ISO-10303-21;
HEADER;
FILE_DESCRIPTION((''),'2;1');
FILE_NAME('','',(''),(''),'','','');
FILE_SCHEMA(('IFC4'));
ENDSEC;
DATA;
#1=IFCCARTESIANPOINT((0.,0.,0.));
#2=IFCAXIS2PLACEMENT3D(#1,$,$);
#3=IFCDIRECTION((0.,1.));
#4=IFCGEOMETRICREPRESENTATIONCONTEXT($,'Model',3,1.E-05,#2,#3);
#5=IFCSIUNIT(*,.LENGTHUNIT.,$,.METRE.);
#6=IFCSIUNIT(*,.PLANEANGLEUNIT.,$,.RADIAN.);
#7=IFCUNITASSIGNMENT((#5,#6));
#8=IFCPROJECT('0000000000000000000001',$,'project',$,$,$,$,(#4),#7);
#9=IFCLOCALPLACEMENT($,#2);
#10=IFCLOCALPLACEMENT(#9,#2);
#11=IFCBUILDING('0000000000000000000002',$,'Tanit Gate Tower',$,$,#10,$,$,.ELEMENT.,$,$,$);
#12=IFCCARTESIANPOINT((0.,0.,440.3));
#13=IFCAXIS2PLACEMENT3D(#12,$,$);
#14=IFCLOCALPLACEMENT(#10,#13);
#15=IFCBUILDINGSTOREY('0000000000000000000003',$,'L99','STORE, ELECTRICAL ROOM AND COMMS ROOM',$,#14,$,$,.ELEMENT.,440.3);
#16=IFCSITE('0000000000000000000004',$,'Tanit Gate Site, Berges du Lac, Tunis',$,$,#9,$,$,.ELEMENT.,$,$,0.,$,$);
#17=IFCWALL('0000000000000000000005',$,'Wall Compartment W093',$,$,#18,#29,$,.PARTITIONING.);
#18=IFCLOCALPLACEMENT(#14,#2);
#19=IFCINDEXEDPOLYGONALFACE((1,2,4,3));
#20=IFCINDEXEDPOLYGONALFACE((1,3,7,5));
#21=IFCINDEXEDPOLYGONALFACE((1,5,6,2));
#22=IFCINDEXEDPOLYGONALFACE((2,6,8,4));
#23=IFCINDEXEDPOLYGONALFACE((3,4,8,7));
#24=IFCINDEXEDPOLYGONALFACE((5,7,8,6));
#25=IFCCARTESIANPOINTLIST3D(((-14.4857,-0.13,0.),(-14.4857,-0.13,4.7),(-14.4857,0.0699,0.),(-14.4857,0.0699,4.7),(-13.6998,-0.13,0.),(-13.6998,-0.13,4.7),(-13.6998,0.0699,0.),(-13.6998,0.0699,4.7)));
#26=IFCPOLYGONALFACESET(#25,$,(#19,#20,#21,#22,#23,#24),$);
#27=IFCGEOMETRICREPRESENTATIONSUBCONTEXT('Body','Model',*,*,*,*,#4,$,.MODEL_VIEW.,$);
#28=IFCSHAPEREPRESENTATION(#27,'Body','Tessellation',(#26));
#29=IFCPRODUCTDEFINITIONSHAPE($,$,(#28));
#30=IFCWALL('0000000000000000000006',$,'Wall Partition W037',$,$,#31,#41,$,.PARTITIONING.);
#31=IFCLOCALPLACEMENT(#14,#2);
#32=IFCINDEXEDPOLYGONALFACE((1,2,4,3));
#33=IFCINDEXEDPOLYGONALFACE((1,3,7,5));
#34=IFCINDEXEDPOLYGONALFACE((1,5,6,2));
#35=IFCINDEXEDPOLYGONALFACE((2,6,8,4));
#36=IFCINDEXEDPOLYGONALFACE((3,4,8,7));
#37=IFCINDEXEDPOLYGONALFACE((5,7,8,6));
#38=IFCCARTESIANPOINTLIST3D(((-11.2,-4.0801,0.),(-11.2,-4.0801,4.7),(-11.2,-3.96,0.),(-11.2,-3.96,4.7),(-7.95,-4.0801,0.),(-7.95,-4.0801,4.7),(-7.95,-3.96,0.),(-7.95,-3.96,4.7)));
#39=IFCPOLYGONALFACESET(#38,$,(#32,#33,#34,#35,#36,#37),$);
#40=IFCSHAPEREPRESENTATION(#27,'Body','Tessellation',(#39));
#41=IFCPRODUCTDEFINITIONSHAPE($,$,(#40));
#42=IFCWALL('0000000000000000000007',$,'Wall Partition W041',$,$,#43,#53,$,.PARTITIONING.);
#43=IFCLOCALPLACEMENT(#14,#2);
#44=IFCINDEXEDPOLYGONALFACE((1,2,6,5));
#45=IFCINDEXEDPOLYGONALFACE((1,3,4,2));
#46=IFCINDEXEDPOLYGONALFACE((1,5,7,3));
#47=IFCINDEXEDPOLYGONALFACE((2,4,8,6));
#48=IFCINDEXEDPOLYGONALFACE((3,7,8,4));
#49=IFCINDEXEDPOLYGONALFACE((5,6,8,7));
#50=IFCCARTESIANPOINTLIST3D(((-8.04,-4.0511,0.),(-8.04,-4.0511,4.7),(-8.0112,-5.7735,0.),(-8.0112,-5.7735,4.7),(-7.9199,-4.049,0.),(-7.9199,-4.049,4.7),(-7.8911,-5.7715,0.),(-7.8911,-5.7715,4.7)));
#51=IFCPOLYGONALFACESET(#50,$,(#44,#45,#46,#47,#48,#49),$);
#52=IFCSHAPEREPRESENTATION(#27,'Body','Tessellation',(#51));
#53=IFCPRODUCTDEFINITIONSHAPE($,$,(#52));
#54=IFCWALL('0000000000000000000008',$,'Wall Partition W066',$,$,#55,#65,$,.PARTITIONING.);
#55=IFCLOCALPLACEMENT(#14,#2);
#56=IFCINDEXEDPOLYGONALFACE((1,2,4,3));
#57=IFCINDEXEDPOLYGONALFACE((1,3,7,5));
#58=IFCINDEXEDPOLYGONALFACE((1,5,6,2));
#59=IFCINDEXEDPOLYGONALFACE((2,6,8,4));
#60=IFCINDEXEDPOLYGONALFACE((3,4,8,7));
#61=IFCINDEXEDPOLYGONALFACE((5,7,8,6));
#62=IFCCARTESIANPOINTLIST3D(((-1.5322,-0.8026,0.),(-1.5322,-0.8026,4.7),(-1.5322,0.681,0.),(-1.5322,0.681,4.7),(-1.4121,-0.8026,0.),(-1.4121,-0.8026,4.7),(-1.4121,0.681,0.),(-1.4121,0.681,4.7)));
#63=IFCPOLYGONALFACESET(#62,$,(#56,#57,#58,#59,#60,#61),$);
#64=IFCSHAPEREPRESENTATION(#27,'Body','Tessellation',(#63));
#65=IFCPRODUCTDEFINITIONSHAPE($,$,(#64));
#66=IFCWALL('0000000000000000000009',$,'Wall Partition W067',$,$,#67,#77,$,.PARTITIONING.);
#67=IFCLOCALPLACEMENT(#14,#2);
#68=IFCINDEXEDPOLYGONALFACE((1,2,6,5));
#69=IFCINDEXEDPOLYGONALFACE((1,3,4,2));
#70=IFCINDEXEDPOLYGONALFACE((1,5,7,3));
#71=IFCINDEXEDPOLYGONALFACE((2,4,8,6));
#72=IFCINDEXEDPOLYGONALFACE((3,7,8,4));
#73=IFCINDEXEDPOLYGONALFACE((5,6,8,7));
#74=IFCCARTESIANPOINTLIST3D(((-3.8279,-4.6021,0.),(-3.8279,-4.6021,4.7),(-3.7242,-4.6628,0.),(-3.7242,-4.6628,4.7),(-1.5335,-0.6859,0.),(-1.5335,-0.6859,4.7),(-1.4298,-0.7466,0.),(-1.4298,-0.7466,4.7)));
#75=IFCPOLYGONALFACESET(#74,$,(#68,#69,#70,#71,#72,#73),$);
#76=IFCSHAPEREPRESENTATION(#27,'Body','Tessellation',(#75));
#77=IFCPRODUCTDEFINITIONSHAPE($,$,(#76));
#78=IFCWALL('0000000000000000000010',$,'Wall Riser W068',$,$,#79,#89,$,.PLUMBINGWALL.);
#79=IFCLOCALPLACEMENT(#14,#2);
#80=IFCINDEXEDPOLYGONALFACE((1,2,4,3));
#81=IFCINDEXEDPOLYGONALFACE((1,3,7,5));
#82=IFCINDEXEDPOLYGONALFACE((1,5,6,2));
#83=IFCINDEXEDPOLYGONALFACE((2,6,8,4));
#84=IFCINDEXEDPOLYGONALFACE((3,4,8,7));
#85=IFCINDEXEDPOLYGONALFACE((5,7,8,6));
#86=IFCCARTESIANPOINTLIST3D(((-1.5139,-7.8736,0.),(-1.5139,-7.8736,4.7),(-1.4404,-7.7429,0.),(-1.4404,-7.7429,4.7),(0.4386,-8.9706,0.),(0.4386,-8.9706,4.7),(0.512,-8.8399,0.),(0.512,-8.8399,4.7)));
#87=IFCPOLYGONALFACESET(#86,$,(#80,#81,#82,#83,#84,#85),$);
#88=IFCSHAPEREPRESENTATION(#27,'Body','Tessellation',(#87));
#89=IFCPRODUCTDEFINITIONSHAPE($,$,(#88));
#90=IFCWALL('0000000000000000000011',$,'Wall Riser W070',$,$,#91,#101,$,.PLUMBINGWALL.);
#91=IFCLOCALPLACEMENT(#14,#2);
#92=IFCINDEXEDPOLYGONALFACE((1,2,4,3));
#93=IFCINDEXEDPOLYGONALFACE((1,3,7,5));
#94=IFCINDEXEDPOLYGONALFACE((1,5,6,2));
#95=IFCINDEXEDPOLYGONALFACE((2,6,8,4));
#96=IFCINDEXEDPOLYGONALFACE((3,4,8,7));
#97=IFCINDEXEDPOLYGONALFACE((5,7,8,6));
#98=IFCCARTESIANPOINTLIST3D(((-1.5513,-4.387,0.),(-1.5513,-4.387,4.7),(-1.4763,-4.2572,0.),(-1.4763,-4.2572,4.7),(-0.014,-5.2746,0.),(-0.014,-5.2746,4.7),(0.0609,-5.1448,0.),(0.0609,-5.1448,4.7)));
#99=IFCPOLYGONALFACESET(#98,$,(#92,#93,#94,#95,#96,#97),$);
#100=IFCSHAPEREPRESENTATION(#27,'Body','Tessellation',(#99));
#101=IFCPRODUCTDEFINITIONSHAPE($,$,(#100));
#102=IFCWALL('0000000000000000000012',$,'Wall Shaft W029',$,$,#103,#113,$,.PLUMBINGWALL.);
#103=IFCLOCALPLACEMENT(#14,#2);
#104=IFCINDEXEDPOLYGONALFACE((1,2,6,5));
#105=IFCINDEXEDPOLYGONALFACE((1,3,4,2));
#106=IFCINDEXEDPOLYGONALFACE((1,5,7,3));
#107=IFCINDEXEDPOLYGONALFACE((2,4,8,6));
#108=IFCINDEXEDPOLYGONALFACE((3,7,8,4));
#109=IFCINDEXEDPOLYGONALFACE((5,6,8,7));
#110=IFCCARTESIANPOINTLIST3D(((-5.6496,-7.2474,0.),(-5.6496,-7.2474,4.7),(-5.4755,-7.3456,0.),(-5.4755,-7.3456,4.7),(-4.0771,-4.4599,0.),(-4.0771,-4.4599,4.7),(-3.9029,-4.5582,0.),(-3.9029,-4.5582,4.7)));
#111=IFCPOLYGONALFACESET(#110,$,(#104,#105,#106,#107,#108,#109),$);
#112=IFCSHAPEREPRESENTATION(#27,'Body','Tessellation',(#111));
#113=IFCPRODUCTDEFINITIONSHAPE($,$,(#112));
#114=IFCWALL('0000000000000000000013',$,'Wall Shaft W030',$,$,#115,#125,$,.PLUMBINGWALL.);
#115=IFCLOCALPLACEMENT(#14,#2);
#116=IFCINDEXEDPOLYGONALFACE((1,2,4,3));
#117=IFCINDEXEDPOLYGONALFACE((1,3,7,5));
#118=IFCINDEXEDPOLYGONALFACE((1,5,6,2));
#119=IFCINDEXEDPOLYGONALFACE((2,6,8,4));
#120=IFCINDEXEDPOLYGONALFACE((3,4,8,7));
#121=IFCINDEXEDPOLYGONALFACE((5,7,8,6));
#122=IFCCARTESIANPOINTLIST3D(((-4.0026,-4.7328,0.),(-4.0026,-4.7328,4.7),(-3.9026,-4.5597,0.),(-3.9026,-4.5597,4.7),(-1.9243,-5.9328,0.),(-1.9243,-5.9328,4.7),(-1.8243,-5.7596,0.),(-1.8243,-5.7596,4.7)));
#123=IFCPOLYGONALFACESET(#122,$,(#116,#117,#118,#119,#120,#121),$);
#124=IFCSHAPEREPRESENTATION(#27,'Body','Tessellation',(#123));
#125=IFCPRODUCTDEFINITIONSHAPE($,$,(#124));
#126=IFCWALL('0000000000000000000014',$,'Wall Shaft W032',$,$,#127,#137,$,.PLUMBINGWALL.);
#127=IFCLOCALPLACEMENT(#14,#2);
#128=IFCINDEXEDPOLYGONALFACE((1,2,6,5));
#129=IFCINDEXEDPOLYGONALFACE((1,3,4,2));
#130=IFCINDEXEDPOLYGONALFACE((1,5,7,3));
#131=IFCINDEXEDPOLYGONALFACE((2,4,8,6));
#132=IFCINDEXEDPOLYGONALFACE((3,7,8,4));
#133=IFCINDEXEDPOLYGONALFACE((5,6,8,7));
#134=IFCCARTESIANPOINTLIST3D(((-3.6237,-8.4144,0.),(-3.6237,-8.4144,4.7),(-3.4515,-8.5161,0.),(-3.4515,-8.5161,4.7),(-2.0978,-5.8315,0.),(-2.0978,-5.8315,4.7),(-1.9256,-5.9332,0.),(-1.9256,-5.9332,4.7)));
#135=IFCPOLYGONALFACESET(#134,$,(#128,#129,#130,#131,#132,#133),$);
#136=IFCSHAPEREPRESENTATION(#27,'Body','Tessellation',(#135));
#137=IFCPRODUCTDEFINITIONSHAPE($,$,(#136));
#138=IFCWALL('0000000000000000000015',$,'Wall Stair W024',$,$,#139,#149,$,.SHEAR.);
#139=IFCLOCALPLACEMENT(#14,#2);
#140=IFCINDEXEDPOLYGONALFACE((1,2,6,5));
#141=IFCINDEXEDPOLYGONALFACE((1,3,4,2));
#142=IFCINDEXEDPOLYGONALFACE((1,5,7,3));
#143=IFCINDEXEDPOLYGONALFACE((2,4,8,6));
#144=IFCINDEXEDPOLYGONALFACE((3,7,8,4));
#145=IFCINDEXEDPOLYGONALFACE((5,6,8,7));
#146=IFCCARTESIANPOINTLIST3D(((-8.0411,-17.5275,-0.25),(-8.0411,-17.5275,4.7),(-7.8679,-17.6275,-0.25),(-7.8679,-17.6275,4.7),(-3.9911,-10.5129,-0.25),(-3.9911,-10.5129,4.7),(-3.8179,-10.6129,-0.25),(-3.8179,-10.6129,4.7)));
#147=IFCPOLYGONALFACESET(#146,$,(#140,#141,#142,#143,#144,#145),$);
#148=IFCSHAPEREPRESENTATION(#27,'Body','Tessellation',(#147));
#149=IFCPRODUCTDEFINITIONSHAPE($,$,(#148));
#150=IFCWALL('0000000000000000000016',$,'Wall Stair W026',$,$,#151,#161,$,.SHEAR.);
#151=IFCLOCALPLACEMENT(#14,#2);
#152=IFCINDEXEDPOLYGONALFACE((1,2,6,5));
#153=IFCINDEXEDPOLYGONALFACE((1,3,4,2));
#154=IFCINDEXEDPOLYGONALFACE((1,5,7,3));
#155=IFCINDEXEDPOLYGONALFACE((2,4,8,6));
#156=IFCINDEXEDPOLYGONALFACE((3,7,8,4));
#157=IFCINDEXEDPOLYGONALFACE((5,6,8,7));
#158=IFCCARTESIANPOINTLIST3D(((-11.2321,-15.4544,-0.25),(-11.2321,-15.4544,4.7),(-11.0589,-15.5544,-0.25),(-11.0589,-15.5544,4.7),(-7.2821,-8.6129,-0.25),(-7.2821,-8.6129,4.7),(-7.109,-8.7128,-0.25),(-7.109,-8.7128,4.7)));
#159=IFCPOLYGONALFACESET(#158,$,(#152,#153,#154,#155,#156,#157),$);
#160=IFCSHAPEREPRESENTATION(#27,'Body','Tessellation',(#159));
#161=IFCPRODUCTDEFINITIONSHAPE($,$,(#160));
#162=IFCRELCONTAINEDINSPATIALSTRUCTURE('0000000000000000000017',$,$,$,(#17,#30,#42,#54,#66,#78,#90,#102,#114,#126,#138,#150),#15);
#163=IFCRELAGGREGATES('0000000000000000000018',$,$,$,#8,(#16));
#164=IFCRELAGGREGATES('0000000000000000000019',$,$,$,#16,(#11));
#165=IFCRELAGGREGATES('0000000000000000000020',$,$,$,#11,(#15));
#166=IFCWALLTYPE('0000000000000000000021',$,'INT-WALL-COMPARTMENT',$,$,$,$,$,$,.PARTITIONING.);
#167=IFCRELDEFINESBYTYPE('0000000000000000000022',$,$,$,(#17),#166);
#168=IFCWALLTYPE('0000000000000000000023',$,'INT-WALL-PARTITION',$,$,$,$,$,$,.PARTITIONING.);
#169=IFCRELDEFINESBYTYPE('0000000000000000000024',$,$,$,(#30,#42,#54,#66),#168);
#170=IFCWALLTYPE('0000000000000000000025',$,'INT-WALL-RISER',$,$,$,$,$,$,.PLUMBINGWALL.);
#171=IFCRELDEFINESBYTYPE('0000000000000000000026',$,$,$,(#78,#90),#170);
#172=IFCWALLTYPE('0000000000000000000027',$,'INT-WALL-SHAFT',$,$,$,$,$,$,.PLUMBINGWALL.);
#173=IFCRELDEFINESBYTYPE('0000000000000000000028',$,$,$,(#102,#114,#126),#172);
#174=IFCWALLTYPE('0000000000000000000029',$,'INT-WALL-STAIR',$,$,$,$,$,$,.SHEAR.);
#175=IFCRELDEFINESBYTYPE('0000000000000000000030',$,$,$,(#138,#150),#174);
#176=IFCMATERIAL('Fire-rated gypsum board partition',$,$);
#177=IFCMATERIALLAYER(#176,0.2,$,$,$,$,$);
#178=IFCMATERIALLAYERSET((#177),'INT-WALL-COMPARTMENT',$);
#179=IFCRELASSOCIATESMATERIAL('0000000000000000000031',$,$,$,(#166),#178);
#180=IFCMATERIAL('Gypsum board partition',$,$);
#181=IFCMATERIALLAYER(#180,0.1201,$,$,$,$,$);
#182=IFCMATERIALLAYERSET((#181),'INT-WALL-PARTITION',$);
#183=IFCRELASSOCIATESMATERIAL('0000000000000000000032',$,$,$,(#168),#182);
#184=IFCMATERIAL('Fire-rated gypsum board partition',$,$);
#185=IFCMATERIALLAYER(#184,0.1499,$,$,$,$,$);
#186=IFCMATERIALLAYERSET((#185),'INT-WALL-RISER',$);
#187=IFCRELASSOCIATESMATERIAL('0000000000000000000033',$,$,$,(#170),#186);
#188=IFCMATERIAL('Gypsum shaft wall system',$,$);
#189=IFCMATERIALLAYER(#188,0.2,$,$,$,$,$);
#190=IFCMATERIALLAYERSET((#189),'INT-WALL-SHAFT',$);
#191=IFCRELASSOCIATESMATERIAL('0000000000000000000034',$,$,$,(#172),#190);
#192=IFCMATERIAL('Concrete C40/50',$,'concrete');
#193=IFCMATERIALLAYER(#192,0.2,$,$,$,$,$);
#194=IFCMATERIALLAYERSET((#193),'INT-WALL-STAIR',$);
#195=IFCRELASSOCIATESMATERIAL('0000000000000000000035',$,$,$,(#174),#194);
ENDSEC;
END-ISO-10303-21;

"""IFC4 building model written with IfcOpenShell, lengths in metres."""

from ifc_helpers import new_model, si_unit, direction, frame, frame_2d, origin, place, context, subcontext, project, spatial, rectangle, extrude, material, layer, layer_set, type_object, element, save


model = new_model("IFC4")

# Units and contexts
model_context = context("Model", 3, precision=1e-05, world=origin(), true_north=direction((0.0, 1.0)))
body_context = subcontext(model_context, "Body", "Model", "MODEL_VIEW")
ifc_project = project(units=[si_unit("LENGTHUNIT", "METRE"), si_unit("PLANEANGLEUNIT", "RADIAN")], contexts=[model_context])

# Site, building, storey
site_placement = place(None, origin())
site = spatial("IfcSite", under=ifc_project, at=site_placement, Name="Tanit Gate Site, Berges du Lac, Tunis", CompositionType="ELEMENT", RefElevation=0.0)
building_placement = place(site_placement, origin())
building = spatial("IfcBuilding", under=site, at=building_placement, Name="Tanit Gate Tower", CompositionType="ELEMENT")
storey_placement = place(building_placement, frame((0.0, 0.0, 440.3)))
storey = spatial("IfcBuildingStorey", under=building, at=storey_placement, Name="L99", Description="STORE, ELECTRICAL ROOM AND COMMS ROOM", CompositionType="ELEMENT", Elevation=440.3)

# Shared definitions
ifc_material_1 = material(Name="Fire-rated gypsum board partition")
ifc_layer_1 = layer(ifc_material_1, 0.2)
ifc_layer_set_1 = layer_set([ifc_layer_1], Name="INT-WALL-COMPARTMENT")
wall_type_1 = type_object("IfcWallType", Name="INT-WALL-COMPARTMENT", PredefinedType="PARTITIONING", material=ifc_layer_set_1)

# Walls
wall_1_placement = place(storey_placement, frame((-14.4858, -0.03, 0.0), z_axis=(0.0, 0.0, 1.0), x_axis=(1.0, 0.0, 0.0)))
element("IfcWall", 1, at=wall_1_placement, inside=storey, type_object=wall_type_1, Name="Wall Compartment W093", PredefinedType="PARTITIONING", context=body_context, shape_type="SweptSolid", body=[
    extrude(rectangle(XDim=0.7859, YDim=0.2, at=frame_2d((0.3931, 0.0))), origin(), (0.0, 0.0, 1.0), 4.7),
])
ifc_material_2 = material(Name="Gypsum board partition")
ifc_layer_2 = layer(ifc_material_2, 0.1201)
ifc_layer_set_2 = layer_set([ifc_layer_2], Name="INT-WALL-PARTITION")
wall_type_2 = type_object("IfcWallType", Name="INT-WALL-PARTITION", PredefinedType="PARTITIONING", material=ifc_layer_set_2)
wall_2_placement = place(storey_placement, frame((-11.2, -4.02, 0.0), z_axis=(0.0, 0.0, 1.0), x_axis=(1.0, 0.0, 0.0)))
element("IfcWall", 2, at=wall_2_placement, inside=storey, type_object=wall_type_2, Name="Wall Partition W037", PredefinedType="PARTITIONING", context=body_context, shape_type="SweptSolid", body=[
    extrude(rectangle(XDim=3.25, YDim=0.1201, at=frame_2d((1.625, 0.0))), origin(), (0.0, 0.0, 1.0), 4.7),
])
wall_3_placement = place(storey_placement, frame((-7.98, -4.05, 0.0), z_axis=(0.0, 0.0, 1.0), x_axis=(0.016723, -0.99986, 0.0)))
element("IfcWall", 3, at=wall_3_placement, inside=storey, type_object=wall_type_2, Name="Wall Partition W041", PredefinedType="PARTITIONING", context=body_context, shape_type="SweptSolid", body=[
    extrude(rectangle(XDim=1.7227, YDim=0.1201, at=frame_2d((0.8613, 0.0))), origin(), (0.0, 0.0, 1.0), 4.7),
])
wall_4_placement = place(storey_placement, frame((-1.4722, -0.8025, 0.0), z_axis=(0.0, 0.0, 1.0), x_axis=(0.0, 1.0, 0.0)))
element("IfcWall", 4, at=wall_4_placement, inside=storey, type_object=wall_type_2, Name="Wall Partition W066", PredefinedType="PARTITIONING", context=body_context, shape_type="SweptSolid", body=[
    extrude(rectangle(XDim=1.4836, YDim=0.1201, at=frame_2d((0.7417, 0.0))), origin(), (0.0, 0.0, 1.0), 4.7),
])
wall_5_placement = place(storey_placement, frame((-3.7761, -4.6326, 0.0), z_axis=(0.0, 0.0, 1.0), x_axis=(0.505506, 0.862823, 0.0)))
element("IfcWall", 5, at=wall_5_placement, inside=storey, type_object=wall_type_2, Name="Wall Partition W067", PredefinedType="PARTITIONING", context=body_context, shape_type="SweptSolid", body=[
    extrude(rectangle(XDim=4.5388, YDim=0.1201, at=frame_2d((2.2695, 0.0))), origin(), (0.0, 0.0, 1.0), 4.7),
])
ifc_material_3 = material(Name="Fire-rated gypsum board partition")
ifc_layer_3 = layer(ifc_material_3, 0.1499)
ifc_layer_set_3 = layer_set([ifc_layer_3], Name="INT-WALL-RISER")
wall_type_3 = type_object("IfcWallType", Name="INT-WALL-RISER", PredefinedType="PLUMBINGWALL", material=ifc_layer_set_3)
wall_6_placement = place(storey_placement, frame((-1.4771, -7.8083, 0.0), z_axis=(0.0, 0.0, 1.0), x_axis=(0.871823, -0.489821, 0.0)))
element("IfcWall", 6, at=wall_6_placement, inside=storey, type_object=wall_type_3, Name="Wall Riser W068", PredefinedType="PLUMBINGWALL", context=body_context, shape_type="SweptSolid", body=[
    extrude(rectangle(XDim=2.2395, YDim=0.1499, at=frame_2d((1.1196, 0.0))), origin(), (0.0, 0.0, 1.0), 4.7),
])
wall_7_placement = place(storey_placement, frame((-1.5139, -4.322, 0.0), z_axis=(0.0, 0.0, 1.0), x_axis=(0.866, -0.500044, 0.0)))
element("IfcWall", 7, at=wall_7_placement, inside=storey, type_object=wall_type_3, Name="Wall Riser W070", PredefinedType="PLUMBINGWALL", context=body_context, shape_type="SweptSolid", body=[
    extrude(rectangle(XDim=1.7751, YDim=0.1499, at=frame_2d((0.8877, 0.0))), origin(), (0.0, 0.0, 1.0), 4.7),
])

# Shared definitions
ifc_material_4 = material(Name="Gypsum shaft wall system")
ifc_layer_4 = layer(ifc_material_4, 0.2)
ifc_layer_set_4 = layer_set([ifc_layer_4], Name="INT-WALL-SHAFT")
wall_type_4 = type_object("IfcWallType", Name="INT-WALL-SHAFT", PredefinedType="PLUMBINGWALL", material=ifc_layer_set_4)

# Walls
wall_8_placement = place(storey_placement, frame((-5.5625, -7.2964, 0.0), z_axis=(0.0, 0.0, 1.0), x_axis=(0.491358, 0.870958, 0.0)))
element("IfcWall", 8, at=wall_8_placement, inside=storey, type_object=wall_type_4, Name="Wall Shaft W029", PredefinedType="PLUMBINGWALL", context=body_context, shape_type="SweptSolid", body=[
    extrude(rectangle(XDim=3.2004, YDim=0.2, at=frame_2d((1.6001, 0.0))), origin(), (0.0, 0.0, 1.0), 4.7),
])
wall_9_placement = place(storey_placement, frame((-3.9526, -4.6462, 0.0), z_axis=(0.0, 0.0, 1.0), x_axis=(0.866025, -0.500001, 0.0)))
element("IfcWall", 9, at=wall_9_placement, inside=storey, type_object=wall_type_4, Name="Wall Shaft W030", PredefinedType="PLUMBINGWALL", context=body_context, shape_type="SweptSolid", body=[
    extrude(rectangle(XDim=2.3999, YDim=0.2, at=frame_2d((1.2, 0.0))), origin(), (0.0, 0.0, 1.0), 4.7),
])
wall_10_placement = place(storey_placement, frame((-2.0117, -5.8823, 0.0), z_axis=(0.0, 0.0, 1.0), x_axis=(-0.50862, -0.860991, 0.0)))
element("IfcWall", 10, at=wall_10_placement, inside=storey, type_object=wall_type_4, Name="Wall Shaft W032", PredefinedType="PLUMBINGWALL", context=body_context, shape_type="SweptSolid", body=[
    extrude(rectangle(XDim=3.0, YDim=0.2, at=frame_2d((1.5, 0.0))), origin(), (0.0, 0.0, 1.0), 4.7),
])
ifc_material_5 = material(Name="Concrete C40/50", Category="concrete")
ifc_layer_5 = layer(ifc_material_5, 0.2)
ifc_layer_set_5 = layer_set([ifc_layer_5], Name="INT-WALL-STAIR")
wall_type_5 = type_object("IfcWallType", Name="INT-WALL-STAIR", PredefinedType="SHEAR", material=ifc_layer_set_5)
wall_11_placement = place(storey_placement, frame((-3.9045, -10.563, -0.25), z_axis=(0.0, 0.0, 1.0), x_axis=(-0.500013, -0.866018, 0.0)))
element("IfcWall", 11, at=wall_11_placement, inside=storey, type_object=wall_type_5, Name="Wall Stair W024", PredefinedType="SHEAR", context=body_context, shape_type="SweptSolid", body=[
    extrude(rectangle(XDim=8.0999, YDim=0.2, at=frame_2d((4.0498, 0.0))), origin(), (0.0, 0.0, 1.0), 4.95),
])
wall_12_placement = place(storey_placement, frame((-7.1956, -8.6628, -0.25), z_axis=(0.0, 0.0, 1.0), x_axis=(-0.499998, -0.866027, 0.0)))
element("IfcWall", 12, at=wall_12_placement, inside=storey, type_object=wall_type_5, Name="Wall Stair W026", PredefinedType="SHEAR", context=body_context, shape_type="SweptSolid", body=[
    extrude(rectangle(XDim=7.8999, YDim=0.2, at=frame_2d((3.95, 0.0))), origin(), (0.0, 0.0, 1.0), 4.95),
])

save(model, "model.ifc")
